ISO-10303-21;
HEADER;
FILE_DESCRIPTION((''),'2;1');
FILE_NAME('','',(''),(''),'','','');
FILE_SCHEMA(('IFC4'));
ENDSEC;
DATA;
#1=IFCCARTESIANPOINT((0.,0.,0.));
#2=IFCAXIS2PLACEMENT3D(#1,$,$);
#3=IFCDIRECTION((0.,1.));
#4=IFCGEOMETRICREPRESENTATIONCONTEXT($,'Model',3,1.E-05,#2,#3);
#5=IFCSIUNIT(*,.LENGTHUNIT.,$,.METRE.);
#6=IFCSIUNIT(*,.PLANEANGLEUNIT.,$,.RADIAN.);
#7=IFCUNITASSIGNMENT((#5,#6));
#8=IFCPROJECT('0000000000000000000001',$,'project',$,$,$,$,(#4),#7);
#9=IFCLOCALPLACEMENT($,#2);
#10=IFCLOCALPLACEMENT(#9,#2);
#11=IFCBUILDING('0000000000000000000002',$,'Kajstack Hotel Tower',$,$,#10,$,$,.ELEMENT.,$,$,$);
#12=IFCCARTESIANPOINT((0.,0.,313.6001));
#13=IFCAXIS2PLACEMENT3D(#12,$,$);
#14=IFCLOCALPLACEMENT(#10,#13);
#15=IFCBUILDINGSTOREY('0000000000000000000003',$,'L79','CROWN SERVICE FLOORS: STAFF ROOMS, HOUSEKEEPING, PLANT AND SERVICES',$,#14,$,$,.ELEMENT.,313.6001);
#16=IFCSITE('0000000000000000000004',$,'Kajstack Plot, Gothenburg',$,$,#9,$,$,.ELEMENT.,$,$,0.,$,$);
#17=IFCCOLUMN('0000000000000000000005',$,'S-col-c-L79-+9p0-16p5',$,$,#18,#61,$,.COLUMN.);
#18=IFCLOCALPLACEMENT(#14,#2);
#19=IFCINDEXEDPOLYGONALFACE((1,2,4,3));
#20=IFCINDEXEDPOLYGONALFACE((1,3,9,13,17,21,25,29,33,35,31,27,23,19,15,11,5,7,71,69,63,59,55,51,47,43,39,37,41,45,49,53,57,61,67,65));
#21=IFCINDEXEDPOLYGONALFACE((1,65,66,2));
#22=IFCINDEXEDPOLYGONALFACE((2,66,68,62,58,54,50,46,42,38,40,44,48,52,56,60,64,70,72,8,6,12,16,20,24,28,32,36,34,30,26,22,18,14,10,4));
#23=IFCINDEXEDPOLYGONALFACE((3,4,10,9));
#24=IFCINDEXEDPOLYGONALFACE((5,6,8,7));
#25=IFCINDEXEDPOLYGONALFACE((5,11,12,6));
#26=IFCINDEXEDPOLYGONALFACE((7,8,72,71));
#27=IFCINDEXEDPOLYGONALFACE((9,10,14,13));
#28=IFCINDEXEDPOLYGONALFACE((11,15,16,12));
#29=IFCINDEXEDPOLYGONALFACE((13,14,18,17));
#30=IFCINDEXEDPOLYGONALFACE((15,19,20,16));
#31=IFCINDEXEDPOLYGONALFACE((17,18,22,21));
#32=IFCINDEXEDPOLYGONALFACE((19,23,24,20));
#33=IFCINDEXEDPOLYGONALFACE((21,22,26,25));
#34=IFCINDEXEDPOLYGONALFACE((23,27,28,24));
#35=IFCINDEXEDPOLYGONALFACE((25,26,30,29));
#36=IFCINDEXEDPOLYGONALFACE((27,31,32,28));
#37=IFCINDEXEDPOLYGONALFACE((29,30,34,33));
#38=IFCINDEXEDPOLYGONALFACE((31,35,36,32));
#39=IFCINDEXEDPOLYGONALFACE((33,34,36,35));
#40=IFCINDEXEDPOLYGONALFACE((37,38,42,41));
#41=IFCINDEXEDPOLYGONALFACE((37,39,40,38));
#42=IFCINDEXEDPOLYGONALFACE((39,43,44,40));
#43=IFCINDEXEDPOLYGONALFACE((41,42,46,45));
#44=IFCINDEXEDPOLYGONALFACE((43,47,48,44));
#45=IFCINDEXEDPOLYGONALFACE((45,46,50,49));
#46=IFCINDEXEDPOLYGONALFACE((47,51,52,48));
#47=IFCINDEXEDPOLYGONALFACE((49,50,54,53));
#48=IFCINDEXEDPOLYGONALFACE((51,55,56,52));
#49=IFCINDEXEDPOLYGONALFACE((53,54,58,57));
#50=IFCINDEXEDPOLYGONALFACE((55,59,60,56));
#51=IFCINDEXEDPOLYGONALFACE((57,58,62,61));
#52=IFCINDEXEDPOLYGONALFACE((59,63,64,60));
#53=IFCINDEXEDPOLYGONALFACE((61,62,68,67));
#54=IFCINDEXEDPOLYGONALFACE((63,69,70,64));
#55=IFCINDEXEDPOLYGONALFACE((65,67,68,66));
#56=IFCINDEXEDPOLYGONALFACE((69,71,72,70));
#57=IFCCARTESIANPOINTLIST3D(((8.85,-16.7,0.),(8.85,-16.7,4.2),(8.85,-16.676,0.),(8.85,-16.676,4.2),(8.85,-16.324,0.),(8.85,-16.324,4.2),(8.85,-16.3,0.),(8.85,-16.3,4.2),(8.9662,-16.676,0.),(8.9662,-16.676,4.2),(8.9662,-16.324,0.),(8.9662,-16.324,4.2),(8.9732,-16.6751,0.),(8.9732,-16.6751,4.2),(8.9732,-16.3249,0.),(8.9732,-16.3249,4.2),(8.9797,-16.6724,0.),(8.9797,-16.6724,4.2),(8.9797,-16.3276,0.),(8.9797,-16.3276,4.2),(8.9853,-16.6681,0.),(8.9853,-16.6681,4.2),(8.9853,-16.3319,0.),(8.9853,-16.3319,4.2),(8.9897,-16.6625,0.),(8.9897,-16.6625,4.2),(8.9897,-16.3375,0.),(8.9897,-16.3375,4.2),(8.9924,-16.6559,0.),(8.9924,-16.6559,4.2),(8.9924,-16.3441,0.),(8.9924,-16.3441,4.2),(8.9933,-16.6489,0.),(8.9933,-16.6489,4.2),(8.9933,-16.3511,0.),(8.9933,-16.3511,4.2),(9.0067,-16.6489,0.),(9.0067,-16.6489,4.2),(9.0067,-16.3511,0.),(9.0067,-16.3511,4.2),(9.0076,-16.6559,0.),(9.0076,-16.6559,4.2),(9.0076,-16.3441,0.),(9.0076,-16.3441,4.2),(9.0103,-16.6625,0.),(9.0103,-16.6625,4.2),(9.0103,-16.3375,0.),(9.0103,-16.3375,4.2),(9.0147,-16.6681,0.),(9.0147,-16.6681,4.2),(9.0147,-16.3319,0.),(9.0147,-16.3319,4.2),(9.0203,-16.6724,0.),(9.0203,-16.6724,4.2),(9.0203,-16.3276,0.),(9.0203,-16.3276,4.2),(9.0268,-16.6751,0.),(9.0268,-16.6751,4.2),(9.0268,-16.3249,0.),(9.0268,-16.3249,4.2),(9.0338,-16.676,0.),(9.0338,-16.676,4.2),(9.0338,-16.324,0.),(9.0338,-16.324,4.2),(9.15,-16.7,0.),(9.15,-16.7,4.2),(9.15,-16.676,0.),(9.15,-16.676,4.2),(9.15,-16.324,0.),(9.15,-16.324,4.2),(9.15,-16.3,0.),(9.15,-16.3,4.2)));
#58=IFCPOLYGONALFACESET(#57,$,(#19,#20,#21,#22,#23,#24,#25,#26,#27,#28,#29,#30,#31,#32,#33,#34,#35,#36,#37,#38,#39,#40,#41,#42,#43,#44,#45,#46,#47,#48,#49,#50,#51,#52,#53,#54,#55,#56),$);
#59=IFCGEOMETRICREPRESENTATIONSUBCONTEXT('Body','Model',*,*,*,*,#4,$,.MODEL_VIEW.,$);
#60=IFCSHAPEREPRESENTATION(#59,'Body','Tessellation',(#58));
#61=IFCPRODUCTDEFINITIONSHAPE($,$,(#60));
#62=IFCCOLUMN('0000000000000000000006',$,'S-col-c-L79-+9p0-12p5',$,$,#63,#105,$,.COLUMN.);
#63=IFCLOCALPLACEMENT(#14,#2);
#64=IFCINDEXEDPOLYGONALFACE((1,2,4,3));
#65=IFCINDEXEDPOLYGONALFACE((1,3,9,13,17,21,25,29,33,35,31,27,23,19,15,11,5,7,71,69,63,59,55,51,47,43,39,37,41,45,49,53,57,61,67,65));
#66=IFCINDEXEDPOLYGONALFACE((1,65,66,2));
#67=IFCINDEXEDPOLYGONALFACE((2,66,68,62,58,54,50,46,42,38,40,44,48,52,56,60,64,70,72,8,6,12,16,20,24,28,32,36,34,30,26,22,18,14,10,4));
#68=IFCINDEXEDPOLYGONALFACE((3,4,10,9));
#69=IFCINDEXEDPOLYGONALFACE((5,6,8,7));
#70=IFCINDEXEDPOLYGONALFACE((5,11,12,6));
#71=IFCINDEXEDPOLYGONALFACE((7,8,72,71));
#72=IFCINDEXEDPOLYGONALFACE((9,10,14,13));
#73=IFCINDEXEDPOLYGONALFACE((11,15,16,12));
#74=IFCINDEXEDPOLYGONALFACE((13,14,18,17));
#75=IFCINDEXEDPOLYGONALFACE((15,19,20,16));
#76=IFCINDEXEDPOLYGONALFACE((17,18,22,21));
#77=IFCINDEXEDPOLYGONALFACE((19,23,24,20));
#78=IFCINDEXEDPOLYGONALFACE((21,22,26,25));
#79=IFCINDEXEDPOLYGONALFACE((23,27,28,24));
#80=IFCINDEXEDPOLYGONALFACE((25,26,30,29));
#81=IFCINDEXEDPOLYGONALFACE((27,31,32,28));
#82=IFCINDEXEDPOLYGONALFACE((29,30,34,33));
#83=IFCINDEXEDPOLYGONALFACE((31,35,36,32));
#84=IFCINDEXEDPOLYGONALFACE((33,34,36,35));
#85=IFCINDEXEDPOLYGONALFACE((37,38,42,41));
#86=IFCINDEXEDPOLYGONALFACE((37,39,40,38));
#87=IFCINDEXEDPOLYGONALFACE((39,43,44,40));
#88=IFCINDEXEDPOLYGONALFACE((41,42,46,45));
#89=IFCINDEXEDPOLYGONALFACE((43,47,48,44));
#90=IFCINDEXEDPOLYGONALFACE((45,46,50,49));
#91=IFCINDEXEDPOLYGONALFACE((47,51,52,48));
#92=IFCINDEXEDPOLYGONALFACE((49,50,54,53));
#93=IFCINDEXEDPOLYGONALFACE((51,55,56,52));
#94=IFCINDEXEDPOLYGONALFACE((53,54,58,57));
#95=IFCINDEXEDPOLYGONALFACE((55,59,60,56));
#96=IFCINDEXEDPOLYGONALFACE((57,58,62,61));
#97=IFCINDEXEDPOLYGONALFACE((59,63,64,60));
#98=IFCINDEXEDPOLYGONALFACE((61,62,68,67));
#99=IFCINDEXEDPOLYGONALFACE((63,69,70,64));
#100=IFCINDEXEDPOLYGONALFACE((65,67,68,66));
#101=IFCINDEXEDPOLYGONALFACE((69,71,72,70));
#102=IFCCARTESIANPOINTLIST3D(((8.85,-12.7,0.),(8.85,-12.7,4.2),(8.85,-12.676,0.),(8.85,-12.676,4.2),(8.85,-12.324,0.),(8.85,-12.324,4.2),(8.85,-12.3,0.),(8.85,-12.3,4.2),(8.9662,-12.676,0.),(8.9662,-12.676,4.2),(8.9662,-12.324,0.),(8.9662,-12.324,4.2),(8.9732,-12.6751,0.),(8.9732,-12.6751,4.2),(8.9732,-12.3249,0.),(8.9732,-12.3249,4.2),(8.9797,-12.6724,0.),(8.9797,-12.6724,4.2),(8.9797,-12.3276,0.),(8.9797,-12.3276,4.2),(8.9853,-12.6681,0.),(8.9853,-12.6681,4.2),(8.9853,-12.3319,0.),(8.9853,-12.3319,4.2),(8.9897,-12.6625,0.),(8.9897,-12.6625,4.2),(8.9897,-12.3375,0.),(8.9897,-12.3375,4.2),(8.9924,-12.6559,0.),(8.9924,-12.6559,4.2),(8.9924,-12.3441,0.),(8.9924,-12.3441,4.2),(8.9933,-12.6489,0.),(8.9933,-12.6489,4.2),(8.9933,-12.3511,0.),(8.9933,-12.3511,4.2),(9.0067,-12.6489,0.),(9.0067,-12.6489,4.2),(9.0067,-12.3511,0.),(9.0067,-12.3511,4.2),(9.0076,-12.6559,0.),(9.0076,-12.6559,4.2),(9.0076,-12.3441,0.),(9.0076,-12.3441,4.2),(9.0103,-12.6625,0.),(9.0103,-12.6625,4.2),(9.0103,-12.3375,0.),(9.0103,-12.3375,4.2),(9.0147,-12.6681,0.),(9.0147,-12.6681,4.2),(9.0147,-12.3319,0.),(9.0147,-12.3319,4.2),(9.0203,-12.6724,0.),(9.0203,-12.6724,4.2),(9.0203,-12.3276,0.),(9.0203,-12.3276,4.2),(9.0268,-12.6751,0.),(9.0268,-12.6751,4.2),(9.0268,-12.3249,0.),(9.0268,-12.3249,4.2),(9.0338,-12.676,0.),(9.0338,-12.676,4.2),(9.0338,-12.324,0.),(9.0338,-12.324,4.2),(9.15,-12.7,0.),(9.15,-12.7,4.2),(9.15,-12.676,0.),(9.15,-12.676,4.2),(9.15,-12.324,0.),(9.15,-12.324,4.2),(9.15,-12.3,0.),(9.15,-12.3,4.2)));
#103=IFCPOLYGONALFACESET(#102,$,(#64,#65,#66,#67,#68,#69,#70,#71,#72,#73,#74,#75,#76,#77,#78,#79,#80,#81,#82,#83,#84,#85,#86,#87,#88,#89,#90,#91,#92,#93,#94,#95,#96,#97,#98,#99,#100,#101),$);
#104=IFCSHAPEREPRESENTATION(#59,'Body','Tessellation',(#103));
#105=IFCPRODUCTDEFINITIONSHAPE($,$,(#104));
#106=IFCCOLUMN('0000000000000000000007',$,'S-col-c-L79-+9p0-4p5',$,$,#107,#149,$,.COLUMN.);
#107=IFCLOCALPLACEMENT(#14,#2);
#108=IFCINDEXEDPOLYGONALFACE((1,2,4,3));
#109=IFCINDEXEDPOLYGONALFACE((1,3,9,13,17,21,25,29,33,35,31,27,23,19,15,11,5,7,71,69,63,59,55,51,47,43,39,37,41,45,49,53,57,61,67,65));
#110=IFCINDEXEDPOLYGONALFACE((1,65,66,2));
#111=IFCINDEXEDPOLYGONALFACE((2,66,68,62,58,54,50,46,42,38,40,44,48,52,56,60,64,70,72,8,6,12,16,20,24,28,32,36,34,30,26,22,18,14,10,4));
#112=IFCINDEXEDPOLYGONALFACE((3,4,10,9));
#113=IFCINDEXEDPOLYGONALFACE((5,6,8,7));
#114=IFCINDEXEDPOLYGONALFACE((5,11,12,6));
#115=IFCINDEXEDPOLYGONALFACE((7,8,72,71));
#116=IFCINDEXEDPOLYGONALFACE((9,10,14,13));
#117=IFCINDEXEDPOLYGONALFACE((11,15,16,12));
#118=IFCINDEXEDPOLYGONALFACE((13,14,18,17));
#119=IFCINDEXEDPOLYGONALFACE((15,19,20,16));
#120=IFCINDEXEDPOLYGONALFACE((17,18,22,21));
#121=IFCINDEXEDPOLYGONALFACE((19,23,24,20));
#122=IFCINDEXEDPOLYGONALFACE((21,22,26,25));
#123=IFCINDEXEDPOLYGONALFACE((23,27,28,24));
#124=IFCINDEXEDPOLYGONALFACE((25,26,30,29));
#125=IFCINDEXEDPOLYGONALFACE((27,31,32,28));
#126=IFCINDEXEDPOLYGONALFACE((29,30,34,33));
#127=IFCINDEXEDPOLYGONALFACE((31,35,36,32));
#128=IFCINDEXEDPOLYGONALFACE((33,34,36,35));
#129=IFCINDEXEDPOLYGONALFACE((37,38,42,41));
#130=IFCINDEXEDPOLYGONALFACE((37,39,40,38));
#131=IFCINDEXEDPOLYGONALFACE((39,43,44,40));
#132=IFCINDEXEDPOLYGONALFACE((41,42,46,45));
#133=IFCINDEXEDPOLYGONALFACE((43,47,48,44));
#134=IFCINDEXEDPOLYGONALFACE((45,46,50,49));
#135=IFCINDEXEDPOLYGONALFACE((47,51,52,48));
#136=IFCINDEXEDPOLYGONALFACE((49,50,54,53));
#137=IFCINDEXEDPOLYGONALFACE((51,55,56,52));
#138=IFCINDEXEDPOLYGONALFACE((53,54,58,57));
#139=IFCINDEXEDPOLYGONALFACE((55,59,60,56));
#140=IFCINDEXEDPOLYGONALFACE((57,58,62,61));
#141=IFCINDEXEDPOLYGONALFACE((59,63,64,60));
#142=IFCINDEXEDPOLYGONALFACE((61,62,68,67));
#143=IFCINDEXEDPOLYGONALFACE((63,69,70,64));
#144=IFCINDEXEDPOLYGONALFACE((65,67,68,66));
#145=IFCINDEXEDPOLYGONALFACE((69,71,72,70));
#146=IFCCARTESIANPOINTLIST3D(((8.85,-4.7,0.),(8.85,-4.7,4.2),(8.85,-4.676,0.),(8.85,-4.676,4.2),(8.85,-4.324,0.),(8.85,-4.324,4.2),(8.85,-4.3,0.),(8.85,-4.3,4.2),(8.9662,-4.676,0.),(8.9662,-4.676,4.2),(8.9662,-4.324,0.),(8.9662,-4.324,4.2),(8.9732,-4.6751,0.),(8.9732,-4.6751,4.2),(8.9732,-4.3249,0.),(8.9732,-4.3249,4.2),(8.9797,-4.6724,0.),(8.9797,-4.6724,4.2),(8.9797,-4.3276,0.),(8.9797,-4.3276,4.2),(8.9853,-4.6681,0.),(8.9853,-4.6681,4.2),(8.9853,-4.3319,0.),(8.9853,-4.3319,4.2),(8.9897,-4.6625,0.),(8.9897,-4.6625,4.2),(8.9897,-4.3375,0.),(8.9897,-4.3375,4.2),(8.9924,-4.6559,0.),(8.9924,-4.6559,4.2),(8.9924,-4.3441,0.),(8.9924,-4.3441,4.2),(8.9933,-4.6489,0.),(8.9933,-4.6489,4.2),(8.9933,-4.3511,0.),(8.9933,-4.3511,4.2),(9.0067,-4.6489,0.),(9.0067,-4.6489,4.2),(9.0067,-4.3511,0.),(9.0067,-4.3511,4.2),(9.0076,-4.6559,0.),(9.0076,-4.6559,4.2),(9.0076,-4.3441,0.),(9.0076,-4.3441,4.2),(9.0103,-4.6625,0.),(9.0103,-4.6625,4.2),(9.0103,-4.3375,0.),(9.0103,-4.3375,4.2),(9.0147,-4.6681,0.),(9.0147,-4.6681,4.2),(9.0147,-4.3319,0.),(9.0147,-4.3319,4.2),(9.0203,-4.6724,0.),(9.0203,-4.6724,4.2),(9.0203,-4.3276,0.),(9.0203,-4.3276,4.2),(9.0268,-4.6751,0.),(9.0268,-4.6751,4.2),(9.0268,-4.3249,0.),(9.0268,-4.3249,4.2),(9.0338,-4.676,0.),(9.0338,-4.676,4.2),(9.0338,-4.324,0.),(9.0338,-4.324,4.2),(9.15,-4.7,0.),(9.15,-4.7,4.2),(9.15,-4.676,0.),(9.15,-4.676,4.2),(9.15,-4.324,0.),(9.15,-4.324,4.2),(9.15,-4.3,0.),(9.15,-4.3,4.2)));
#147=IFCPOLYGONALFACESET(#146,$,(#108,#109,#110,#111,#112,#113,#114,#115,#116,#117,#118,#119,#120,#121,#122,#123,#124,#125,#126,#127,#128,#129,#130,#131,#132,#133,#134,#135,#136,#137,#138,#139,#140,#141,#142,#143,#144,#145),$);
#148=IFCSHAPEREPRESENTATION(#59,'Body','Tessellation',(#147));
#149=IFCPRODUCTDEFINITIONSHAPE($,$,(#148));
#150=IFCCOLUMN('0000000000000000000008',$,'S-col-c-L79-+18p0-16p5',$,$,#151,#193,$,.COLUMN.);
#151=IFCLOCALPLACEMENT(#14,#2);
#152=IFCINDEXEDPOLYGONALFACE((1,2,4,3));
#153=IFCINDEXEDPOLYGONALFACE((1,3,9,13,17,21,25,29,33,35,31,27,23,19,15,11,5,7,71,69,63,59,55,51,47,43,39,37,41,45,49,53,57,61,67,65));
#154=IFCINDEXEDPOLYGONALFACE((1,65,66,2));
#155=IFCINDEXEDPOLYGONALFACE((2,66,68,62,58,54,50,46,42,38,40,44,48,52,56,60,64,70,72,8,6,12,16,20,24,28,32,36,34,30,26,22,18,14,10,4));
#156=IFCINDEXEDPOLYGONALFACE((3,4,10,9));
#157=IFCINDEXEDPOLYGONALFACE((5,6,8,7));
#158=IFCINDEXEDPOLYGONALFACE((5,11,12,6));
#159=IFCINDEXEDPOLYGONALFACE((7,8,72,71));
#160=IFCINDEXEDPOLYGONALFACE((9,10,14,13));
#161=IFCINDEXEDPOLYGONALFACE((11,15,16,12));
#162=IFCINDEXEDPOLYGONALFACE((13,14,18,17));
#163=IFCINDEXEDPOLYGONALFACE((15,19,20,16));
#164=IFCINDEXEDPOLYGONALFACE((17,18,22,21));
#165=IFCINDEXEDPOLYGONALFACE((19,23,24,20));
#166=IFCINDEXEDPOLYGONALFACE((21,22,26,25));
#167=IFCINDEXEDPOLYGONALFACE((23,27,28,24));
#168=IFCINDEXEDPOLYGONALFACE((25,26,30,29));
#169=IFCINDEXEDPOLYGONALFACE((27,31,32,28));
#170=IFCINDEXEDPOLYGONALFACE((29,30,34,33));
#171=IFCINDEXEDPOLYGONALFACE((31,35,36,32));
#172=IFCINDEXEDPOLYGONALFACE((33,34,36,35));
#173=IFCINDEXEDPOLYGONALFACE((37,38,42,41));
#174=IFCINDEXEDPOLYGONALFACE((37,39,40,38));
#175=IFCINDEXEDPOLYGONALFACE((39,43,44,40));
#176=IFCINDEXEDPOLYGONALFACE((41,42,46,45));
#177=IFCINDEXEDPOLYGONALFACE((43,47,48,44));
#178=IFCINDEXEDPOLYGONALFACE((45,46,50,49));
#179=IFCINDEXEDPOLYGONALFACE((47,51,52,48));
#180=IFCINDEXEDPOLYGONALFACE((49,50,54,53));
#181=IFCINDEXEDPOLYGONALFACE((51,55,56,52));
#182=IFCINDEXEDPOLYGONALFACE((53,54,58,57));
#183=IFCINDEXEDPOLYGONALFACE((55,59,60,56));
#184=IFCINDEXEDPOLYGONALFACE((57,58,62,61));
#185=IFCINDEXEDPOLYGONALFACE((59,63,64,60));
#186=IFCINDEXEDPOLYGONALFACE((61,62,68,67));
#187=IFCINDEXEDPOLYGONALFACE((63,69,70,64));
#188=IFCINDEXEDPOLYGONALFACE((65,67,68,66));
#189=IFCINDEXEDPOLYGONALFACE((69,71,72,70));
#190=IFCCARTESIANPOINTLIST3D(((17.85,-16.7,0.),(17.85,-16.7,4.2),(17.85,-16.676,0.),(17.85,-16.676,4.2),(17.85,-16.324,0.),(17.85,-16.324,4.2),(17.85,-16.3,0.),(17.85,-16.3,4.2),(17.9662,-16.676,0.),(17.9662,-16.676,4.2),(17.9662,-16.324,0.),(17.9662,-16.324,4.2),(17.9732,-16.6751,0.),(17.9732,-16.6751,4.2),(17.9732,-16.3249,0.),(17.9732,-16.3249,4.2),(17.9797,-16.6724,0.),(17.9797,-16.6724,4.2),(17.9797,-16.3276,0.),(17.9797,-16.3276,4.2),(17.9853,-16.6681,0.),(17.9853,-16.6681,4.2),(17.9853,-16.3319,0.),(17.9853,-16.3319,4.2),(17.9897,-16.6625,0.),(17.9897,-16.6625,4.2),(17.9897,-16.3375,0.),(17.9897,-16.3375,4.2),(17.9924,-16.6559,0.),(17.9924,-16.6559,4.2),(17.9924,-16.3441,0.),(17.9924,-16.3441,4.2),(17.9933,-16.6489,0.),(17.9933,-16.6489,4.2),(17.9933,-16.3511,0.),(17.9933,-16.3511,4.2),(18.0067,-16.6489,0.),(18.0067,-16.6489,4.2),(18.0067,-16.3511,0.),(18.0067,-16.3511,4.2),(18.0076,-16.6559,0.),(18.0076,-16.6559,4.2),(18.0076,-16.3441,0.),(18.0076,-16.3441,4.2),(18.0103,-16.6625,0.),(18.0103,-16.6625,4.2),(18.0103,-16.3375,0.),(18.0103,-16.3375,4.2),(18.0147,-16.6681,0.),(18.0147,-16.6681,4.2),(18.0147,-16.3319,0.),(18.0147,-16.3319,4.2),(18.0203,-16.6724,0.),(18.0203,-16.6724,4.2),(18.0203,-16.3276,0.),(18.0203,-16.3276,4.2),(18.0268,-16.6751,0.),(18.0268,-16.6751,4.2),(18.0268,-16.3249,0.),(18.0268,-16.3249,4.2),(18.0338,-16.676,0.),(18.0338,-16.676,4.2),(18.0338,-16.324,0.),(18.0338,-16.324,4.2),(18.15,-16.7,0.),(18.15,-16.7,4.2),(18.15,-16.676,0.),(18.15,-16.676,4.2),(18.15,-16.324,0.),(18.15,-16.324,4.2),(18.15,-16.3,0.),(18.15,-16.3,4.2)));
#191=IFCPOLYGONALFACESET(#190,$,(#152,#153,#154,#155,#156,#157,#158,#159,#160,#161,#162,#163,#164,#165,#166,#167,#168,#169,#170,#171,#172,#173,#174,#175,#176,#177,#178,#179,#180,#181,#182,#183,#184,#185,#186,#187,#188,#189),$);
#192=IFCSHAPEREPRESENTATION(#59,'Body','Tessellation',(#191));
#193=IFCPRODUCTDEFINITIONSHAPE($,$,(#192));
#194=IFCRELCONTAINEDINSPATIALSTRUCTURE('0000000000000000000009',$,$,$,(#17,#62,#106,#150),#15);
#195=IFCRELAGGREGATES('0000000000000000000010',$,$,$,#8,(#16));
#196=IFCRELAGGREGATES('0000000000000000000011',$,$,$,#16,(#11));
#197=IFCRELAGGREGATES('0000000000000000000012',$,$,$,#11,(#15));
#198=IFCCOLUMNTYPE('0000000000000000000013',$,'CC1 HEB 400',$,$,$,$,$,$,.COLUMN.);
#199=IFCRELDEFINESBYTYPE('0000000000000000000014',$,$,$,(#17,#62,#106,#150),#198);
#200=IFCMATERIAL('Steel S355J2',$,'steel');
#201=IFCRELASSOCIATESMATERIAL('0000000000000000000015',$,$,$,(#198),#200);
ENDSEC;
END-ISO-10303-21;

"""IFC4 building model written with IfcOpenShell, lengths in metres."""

from ifc_helpers import new_model, si_unit, direction, frame, origin, origin_2d, place, context, subcontext, project, spatial, i_section, extrude, material, material_profile, profile_set, type_object, element, save


model = new_model("IFC4")

# Units and contexts
model_context = context("Model", 3, precision=1e-05, world=origin(), true_north=direction((0.0, 1.0)))
body_context = subcontext(model_context, "Body", "Model", "MODEL_VIEW")
ifc_project = project(units=[si_unit("LENGTHUNIT", "METRE"), si_unit("PLANEANGLEUNIT", "RADIAN")], contexts=[model_context])

# Site, building, storey
site_placement = place(None, origin())
site = spatial("IfcSite", under=ifc_project, at=site_placement, Name="Kajstack Plot, Gothenburg", CompositionType="ELEMENT", RefElevation=0.0)
building_placement = place(site_placement, origin())
building = spatial("IfcBuilding", under=site, at=building_placement, Name="Kajstack Hotel Tower", CompositionType="ELEMENT")
storey_placement = place(building_placement, frame((0.0, 0.0, 313.6001)))
storey = spatial("IfcBuildingStorey", under=building, at=storey_placement, Name="L79", Description="CROWN SERVICE FLOORS: STAFF ROOMS, HOUSEKEEPING, PLANT AND SERVICES", CompositionType="ELEMENT", Elevation=313.6001)

# Columns
ifc_material_1 = material(Name="Steel S355J2", Category="steel")
ifc_material_profile_1 = material_profile(ifc_material_1, i_section(OverallWidth=0.3, OverallDepth=0.3999, WebThickness=0.0134, FlangeThickness=0.0239, FilletRadius=0.0271, at=origin_2d()), Name="HEB 400")
ifc_profile_set_1 = profile_set([ifc_material_profile_1], Name="Steel S355J2")
column_type = type_object("IfcColumnType", Name="CC1 HEB 400", PredefinedType="COLUMN", material=ifc_profile_set_1)
for number, where, z_axis, x_axis, name in (
    (1, (9.0, -16.5, 0.0), (0.0, 0.0, 1.0), (1.0, 0.0, 0.0), "S-col-c-L79-+9p0-16p5"),
    (2, (9.0, -12.5, 0.0), (0.0, 0.0, 1.0), (1.0, 0.0, 0.0), "S-col-c-L79-+9p0-12p5"),
    (3, (9.0, -4.5, 0.0), (0.0, 0.0, 1.0), (1.0, 0.0, 0.0), "S-col-c-L79-+9p0-4p5"),
    (4, (18.0, -16.5, 0.0), (0.0, 0.0, 1.0), (1.0, 0.0, 0.0), "S-col-c-L79-+18p0-16p5"),
):
    element("IfcColumn", number, at=place(storey_placement, frame(where, z_axis=z_axis, x_axis=x_axis)), inside=storey, type_object=column_type, Name=name, PredefinedType="COLUMN", context=body_context, shape_type="SweptSolid", body=[
        extrude(i_section(OverallWidth=0.3, OverallDepth=0.3999, WebThickness=0.0134, FlangeThickness=0.0239, FilletRadius=0.0271, at=origin_2d()), origin(), (0.0, 0.0, 1.0), 4.2),
    ])

save(model, "model.ifc")
